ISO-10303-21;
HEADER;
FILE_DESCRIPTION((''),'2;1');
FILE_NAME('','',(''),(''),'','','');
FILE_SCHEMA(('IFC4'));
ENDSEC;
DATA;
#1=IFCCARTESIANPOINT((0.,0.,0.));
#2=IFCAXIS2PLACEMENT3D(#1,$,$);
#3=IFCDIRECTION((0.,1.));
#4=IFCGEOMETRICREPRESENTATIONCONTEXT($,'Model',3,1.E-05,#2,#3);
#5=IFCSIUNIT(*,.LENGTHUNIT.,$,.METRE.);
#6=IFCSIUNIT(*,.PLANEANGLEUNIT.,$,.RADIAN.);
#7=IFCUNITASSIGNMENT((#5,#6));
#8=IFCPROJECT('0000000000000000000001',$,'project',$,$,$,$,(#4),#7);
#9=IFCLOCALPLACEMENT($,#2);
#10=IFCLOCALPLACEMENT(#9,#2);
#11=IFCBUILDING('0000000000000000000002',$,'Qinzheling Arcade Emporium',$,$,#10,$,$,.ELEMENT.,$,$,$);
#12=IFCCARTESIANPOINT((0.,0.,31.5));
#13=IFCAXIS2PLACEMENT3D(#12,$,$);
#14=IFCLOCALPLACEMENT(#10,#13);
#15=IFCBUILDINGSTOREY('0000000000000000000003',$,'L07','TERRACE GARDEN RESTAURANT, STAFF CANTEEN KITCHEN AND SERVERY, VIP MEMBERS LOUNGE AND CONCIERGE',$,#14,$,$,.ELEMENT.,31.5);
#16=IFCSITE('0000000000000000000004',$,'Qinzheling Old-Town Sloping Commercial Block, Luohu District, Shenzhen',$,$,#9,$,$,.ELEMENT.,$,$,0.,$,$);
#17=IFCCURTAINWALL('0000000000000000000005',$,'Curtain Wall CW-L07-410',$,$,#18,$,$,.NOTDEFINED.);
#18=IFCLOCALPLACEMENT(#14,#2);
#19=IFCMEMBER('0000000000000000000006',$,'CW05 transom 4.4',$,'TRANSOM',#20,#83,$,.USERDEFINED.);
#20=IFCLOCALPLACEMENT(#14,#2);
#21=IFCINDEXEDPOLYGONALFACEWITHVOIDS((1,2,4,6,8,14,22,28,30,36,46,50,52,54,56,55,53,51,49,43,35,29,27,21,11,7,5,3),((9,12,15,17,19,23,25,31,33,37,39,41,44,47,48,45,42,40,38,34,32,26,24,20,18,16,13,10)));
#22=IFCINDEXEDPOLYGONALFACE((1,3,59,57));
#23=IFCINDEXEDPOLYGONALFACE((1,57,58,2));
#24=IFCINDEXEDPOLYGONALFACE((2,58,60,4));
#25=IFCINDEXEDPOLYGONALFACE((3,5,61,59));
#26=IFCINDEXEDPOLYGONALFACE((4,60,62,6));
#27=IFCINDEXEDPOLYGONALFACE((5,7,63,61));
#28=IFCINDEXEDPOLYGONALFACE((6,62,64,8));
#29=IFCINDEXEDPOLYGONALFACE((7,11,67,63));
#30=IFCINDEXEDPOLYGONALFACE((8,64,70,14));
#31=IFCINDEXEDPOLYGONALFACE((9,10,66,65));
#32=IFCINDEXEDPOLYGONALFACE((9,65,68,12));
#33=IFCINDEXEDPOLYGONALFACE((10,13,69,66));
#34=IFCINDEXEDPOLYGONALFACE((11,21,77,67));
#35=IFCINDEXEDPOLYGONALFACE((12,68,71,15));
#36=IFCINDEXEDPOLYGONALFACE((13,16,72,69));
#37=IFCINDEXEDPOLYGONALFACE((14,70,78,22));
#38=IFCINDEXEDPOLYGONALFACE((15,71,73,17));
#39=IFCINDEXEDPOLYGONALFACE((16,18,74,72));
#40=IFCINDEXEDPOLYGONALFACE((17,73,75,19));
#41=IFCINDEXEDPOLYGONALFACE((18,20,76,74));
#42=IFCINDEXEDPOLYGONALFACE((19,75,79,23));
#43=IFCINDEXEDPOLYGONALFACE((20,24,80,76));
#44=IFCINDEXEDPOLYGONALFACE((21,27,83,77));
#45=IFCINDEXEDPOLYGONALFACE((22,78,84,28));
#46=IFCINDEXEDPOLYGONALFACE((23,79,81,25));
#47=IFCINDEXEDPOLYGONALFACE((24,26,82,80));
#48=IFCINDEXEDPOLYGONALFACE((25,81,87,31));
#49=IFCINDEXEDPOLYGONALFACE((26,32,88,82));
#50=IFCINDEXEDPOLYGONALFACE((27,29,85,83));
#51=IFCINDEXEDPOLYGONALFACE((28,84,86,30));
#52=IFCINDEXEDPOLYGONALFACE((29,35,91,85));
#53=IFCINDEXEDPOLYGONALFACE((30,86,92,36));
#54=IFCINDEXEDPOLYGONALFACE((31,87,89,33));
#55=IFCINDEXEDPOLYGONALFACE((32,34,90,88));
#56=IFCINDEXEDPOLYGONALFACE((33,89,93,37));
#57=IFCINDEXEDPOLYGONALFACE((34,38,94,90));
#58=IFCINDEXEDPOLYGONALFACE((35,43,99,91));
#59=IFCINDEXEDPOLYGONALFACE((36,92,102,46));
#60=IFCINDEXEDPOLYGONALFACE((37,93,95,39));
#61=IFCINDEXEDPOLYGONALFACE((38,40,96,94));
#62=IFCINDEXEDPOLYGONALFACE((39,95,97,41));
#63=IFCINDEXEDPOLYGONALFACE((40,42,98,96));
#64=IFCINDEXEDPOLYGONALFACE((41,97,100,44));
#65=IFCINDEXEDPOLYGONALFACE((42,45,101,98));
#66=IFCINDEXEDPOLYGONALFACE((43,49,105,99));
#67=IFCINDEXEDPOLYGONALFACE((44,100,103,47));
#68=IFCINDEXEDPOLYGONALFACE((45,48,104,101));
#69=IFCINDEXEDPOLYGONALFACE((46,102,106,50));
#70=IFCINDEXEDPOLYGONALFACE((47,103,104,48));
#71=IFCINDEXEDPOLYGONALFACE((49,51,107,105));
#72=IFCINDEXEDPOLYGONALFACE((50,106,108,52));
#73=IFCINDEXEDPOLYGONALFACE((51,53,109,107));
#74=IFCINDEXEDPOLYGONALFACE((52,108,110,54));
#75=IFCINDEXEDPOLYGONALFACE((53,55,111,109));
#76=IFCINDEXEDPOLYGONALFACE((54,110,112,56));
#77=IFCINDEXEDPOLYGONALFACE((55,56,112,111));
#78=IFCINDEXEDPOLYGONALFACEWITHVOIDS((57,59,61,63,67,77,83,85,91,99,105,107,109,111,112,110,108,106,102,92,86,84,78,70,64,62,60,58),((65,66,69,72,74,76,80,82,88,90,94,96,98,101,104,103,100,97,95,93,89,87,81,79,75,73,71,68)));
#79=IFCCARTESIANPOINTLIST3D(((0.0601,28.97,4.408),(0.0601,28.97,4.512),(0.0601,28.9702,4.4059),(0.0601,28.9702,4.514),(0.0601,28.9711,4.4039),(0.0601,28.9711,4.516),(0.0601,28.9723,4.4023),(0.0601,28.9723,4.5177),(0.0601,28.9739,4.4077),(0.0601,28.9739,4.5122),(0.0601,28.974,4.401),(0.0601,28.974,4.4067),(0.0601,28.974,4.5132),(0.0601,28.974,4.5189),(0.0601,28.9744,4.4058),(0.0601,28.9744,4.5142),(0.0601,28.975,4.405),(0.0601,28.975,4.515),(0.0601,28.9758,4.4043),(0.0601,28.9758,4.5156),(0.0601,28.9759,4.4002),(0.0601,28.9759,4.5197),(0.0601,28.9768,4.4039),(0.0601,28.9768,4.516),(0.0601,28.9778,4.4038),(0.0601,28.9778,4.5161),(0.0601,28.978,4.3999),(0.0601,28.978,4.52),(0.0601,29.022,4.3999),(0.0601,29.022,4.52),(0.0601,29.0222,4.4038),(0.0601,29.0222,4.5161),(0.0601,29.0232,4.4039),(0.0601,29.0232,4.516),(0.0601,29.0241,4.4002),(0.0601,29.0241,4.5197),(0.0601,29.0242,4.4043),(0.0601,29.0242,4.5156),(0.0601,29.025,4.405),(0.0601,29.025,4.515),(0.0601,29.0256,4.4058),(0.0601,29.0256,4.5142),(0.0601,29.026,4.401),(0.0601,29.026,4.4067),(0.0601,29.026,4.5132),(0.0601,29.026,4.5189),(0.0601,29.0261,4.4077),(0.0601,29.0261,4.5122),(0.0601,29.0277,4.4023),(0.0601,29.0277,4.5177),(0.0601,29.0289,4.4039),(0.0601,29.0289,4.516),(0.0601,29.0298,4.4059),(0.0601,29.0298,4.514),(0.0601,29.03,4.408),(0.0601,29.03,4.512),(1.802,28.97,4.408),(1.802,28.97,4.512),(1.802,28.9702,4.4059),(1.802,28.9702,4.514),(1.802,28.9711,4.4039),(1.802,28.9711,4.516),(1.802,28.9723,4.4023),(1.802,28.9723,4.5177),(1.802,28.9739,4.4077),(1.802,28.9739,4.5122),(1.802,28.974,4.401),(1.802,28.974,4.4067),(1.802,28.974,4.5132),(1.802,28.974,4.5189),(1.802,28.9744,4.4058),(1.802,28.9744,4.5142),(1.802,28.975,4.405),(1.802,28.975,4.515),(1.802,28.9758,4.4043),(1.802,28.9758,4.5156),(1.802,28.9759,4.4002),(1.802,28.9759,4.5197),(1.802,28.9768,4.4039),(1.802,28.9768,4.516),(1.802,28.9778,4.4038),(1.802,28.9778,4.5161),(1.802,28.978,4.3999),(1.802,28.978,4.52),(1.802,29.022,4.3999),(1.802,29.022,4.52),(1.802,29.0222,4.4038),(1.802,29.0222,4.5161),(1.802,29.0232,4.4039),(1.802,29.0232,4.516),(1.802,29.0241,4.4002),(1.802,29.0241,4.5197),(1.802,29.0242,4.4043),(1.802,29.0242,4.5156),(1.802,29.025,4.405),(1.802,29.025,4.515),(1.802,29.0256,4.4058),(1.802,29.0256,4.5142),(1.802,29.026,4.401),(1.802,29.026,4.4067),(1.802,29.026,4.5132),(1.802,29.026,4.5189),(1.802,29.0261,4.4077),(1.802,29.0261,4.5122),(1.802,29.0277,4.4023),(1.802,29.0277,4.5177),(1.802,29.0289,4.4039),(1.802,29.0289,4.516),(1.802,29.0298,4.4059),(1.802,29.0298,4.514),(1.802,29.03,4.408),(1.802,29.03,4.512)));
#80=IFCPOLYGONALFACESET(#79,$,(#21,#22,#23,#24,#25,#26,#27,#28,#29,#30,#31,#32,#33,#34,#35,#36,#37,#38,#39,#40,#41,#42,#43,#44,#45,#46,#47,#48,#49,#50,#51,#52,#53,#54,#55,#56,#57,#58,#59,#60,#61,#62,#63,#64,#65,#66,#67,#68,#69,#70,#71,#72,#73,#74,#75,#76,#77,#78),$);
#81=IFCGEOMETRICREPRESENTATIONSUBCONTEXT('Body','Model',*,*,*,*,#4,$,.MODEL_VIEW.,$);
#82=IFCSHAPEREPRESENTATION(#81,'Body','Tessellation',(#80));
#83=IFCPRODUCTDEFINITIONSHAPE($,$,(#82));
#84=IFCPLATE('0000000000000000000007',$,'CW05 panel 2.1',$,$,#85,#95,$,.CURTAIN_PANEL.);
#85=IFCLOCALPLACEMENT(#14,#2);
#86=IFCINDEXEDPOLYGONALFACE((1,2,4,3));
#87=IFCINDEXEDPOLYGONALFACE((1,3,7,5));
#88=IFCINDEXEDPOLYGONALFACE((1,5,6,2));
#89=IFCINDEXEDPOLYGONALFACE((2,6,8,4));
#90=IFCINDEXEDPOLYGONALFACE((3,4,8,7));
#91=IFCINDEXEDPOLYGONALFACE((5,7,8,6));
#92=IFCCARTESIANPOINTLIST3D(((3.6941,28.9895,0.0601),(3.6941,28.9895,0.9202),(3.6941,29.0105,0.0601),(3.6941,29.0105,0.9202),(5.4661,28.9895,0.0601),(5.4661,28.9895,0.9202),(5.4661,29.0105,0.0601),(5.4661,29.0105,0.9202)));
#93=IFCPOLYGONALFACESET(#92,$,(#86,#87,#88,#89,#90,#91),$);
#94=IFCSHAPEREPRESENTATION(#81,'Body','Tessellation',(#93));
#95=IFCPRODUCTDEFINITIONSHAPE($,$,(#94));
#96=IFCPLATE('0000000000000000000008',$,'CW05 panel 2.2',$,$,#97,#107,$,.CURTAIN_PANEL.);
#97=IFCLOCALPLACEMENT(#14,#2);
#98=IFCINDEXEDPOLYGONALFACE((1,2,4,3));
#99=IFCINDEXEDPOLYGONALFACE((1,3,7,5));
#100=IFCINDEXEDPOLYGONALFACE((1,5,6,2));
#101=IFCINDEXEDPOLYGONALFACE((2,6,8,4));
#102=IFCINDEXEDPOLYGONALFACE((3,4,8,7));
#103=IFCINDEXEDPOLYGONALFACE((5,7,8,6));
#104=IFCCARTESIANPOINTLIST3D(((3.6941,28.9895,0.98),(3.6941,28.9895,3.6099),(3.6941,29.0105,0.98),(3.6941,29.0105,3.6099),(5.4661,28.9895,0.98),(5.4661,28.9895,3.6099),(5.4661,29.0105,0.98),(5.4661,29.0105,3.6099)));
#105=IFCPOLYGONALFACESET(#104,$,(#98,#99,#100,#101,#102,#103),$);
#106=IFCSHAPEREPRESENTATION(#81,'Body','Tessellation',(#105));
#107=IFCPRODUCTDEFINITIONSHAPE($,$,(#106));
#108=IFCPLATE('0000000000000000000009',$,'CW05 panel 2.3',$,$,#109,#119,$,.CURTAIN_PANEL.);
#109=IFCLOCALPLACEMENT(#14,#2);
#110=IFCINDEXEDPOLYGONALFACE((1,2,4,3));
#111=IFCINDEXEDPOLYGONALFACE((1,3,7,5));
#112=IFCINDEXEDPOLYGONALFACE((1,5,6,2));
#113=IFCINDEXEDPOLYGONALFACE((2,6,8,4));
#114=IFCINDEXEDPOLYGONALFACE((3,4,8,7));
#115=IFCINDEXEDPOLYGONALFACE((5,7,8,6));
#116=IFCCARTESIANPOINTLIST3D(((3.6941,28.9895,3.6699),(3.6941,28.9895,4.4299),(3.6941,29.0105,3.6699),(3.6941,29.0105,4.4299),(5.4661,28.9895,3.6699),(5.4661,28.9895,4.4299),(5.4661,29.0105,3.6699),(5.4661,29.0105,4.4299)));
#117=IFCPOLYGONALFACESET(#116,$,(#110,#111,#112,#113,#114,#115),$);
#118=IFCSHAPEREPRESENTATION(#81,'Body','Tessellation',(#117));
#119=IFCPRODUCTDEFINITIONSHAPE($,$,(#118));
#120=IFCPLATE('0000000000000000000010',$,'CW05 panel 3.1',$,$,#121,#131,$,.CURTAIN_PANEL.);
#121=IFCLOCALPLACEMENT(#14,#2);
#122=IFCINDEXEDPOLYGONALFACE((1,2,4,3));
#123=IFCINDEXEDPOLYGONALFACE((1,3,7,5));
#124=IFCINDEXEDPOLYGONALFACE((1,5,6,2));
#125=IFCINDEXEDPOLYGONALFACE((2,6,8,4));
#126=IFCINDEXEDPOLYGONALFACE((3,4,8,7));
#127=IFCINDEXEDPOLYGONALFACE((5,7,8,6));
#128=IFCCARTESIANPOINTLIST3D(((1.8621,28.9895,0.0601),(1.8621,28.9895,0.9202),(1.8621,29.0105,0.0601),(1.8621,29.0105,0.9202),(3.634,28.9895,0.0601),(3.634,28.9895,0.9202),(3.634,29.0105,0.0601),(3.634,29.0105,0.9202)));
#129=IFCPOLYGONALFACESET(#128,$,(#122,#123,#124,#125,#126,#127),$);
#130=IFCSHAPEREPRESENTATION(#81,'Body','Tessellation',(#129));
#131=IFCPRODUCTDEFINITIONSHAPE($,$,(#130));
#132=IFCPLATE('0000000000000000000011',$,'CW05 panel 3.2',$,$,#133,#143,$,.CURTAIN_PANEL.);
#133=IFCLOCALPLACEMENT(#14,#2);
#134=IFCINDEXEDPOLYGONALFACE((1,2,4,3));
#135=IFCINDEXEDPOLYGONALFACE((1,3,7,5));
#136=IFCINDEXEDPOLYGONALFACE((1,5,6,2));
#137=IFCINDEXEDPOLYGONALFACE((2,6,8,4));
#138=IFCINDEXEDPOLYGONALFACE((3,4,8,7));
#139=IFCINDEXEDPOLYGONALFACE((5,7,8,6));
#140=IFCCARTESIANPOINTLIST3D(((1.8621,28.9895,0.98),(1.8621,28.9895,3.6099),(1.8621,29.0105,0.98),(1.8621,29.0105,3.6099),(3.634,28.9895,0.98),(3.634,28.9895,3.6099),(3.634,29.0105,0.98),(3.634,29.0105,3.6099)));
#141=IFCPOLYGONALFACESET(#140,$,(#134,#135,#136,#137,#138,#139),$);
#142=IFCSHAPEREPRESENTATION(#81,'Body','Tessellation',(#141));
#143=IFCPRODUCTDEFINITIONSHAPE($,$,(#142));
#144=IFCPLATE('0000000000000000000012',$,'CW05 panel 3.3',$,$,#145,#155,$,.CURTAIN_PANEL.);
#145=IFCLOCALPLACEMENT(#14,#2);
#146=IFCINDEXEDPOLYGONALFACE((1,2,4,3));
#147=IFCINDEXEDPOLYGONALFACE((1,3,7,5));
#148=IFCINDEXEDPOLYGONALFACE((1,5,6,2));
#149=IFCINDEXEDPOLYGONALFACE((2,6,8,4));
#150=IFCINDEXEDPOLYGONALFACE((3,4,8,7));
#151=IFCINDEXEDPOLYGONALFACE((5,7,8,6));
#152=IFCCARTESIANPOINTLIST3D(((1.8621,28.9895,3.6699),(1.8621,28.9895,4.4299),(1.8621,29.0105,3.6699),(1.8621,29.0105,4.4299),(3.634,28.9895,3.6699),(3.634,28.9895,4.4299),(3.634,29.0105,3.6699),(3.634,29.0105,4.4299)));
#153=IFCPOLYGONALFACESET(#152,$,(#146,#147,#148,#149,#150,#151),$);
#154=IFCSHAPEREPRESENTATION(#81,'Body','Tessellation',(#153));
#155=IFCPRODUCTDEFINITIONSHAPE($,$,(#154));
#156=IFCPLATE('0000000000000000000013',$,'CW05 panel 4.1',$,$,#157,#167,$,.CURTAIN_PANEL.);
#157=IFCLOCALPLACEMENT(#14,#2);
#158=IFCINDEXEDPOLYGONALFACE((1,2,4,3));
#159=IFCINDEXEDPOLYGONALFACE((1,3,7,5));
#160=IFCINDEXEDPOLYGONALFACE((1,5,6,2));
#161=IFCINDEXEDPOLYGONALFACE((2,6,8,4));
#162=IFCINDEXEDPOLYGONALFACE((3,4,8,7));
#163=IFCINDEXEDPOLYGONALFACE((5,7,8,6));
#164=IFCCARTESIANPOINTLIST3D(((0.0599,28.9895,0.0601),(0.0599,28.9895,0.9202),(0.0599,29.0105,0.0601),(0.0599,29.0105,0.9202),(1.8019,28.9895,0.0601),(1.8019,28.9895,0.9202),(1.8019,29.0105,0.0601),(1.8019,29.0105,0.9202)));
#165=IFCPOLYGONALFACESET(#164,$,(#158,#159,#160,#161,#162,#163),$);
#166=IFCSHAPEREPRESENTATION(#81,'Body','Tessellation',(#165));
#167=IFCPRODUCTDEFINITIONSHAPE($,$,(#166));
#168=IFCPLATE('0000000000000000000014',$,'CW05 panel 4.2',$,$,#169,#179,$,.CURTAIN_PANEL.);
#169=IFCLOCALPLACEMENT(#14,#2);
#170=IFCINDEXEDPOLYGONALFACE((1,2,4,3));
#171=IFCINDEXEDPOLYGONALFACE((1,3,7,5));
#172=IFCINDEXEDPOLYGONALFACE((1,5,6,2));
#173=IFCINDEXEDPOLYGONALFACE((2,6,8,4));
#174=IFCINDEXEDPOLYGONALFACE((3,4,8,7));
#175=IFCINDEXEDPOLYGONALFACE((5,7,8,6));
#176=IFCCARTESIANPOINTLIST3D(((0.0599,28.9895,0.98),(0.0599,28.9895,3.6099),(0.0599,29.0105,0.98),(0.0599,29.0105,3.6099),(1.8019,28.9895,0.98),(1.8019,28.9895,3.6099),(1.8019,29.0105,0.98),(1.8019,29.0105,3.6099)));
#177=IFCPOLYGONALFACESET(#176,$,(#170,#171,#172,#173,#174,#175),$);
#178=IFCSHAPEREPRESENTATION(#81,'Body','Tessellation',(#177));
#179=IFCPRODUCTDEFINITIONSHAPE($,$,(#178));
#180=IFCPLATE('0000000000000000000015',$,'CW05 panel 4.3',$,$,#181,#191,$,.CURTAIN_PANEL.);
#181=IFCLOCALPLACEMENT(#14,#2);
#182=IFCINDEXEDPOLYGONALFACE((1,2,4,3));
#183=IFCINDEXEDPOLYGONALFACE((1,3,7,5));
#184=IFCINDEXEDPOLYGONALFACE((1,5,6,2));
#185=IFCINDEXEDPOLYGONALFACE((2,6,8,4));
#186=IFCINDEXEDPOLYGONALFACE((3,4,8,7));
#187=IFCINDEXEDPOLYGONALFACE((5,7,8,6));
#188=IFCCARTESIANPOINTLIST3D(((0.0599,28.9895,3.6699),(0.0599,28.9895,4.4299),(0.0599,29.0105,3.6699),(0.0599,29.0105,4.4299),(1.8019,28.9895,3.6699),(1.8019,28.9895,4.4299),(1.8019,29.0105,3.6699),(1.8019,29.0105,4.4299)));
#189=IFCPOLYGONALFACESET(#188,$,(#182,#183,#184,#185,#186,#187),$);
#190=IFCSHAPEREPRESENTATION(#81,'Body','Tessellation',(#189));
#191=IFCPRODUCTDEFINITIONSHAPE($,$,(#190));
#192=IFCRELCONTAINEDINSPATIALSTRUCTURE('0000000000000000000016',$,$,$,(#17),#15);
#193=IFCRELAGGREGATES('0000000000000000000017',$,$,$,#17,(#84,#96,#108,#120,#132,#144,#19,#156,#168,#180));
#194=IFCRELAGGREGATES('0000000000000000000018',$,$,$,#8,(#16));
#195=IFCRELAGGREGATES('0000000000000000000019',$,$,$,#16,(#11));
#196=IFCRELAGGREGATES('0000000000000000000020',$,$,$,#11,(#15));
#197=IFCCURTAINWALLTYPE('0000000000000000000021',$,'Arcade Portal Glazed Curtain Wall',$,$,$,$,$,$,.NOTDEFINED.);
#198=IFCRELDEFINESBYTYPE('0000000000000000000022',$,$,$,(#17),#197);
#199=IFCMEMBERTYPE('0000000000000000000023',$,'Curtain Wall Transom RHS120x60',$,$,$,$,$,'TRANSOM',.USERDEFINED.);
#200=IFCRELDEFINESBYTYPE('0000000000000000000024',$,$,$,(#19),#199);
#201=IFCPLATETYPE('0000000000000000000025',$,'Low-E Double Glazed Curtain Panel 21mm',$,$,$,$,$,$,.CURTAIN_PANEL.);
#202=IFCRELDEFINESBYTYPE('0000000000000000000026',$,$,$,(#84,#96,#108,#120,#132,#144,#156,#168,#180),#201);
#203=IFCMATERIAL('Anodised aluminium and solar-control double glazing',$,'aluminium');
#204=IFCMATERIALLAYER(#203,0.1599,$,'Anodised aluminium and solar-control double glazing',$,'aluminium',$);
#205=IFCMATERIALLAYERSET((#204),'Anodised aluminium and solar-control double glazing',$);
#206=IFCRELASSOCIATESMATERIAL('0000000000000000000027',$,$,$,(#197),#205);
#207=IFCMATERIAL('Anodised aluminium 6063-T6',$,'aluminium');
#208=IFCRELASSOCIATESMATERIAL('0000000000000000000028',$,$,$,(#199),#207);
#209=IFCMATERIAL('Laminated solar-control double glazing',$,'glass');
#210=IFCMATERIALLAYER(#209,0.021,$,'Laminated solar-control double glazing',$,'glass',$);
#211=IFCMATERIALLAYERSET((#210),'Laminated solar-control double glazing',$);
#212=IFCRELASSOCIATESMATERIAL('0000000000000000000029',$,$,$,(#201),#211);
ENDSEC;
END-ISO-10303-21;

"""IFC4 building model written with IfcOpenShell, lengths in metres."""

from ifc_helpers import new_model, si_unit, direction, frame, origin, origin_2d, place, context, subcontext, project, spatial, rectangle, hollow_rectangle, extrude, material, layer, layer_set, material_profile, profile_set, type_object, element, aggregate, save


model = new_model("IFC4")

# Units and contexts
model_context = context("Model", 3, precision=1e-05, world=origin(), true_north=direction((0.0, 1.0)))
body_context = subcontext(model_context, "Body", "Model", "MODEL_VIEW")
ifc_project = project(units=[si_unit("LENGTHUNIT", "METRE"), si_unit("PLANEANGLEUNIT", "RADIAN")], contexts=[model_context])

# Site, building, storey
site_placement = place(None, origin())
site = spatial("IfcSite", under=ifc_project, at=site_placement, Name="Qinzheling Old-Town Sloping Commercial Block, Luohu District, Shenzhen", CompositionType="ELEMENT", RefElevation=0.0)
building_placement = place(site_placement, origin())
building = spatial("IfcBuilding", under=site, at=building_placement, Name="Qinzheling Arcade Emporium", CompositionType="ELEMENT")
storey_placement = place(building_placement, frame((0.0, 0.0, 31.5)))
storey = spatial("IfcBuildingStorey", under=building, at=storey_placement, Name="L07", Description="TERRACE GARDEN RESTAURANT, STAFF CANTEEN KITCHEN AND SERVERY, VIP MEMBERS LOUNGE AND CONCIERGE", CompositionType="ELEMENT", Elevation=31.5)

# Curtain wall, member, plates
ifc_material_1 = material(Name="Anodised aluminium and solar-control double glazing", Category="aluminium")
ifc_layer_1 = layer(ifc_material_1, 0.1599, Name="Anodised aluminium and solar-control double glazing", Category="aluminium")
ifc_layer_set_1 = layer_set([ifc_layer_1], Name="Anodised aluminium and solar-control double glazing")
curtain_wall_type = type_object("IfcCurtainWallType", Name="Arcade Portal Glazed Curtain Wall", PredefinedType="NOTDEFINED", material=ifc_layer_set_1)
curtain_wall_placement = place(storey_placement, origin())
curtain_wall = element("IfcCurtainWall", 1, at=curtain_wall_placement, inside=storey, type_object=curtain_wall_type, Name="Curtain Wall CW-L07-410", PredefinedType="NOTDEFINED")
ifc_material_2 = material(Name="Anodised aluminium 6063-T6", Category="aluminium")
ifc_material_profile_1 = material_profile(ifc_material_2, hollow_rectangle(XDim=0.0601, YDim=0.1201, WallThickness=0.0039, InnerFilletRadius=0.0039, OuterFilletRadius=0.0081, at=origin_2d()), Name="RHS 120x60x4", Category="aluminium")
ifc_profile_set_1 = profile_set([ifc_material_profile_1], Name="Anodised aluminium 6063-T6")
member_type_1 = type_object("IfcMemberType", Name="Curtain Wall Transom RHS120x60", ElementType="TRANSOM", PredefinedType="USERDEFINED", material=ifc_profile_set_1)
member_1_placement = place(storey_placement, frame((1.802, 29.0, 4.46), z_axis=(-1.0, 0.0, 0.0), x_axis=(0.0, -1.0, 0.0)))
member_1 = element("IfcMember", 2, at=member_1_placement, type_object=member_type_1, Name="CW05 transom 4.4", ObjectType="TRANSOM", PredefinedType="USERDEFINED", context=body_context, shape_type="SweptSolid", body=[
    extrude(hollow_rectangle(XDim=0.0601, YDim=0.1201, WallThickness=0.0039, InnerFilletRadius=0.0039, OuterFilletRadius=0.0081, at=origin_2d()), origin(), (0.0, 0.0, 1.0), 1.7419),
])
ifc_material_3 = material(Name="Laminated solar-control double glazing", Category="glass")
ifc_layer_2 = layer(ifc_material_3, 0.021, Name="Laminated solar-control double glazing", Category="glass")
ifc_layer_set_2 = layer_set([ifc_layer_2], Name="Laminated solar-control double glazing")
plate_type = type_object("IfcPlateType", Name="Low-E Double Glazed Curtain Panel 21mm", PredefinedType="CURTAIN_PANEL", material=ifc_layer_set_2)
plate_1_placement = place(storey_placement, frame((4.5801, 29.0, 0.0601), z_axis=(0.0, 0.0, 1.0), x_axis=(-1.0, 0.0, 0.0)))
plate_1 = element("IfcPlate", 3, at=plate_1_placement, type_object=plate_type, Name="CW05 panel 2.1", PredefinedType="CURTAIN_PANEL", context=body_context, shape_type="SweptSolid", body=[
    extrude(rectangle(XDim=1.772, YDim=0.021, at=origin_2d()), origin(), (0.0, 0.0, 1.0), 0.8601),
])
plate_2_placement = place(storey_placement, frame((4.5801, 29.0, 0.98), z_axis=(0.0, 0.0, 1.0), x_axis=(-1.0, 0.0, 0.0)))
plate_2 = element("IfcPlate", 4, at=plate_2_placement, type_object=plate_type, Name="CW05 panel 2.2", PredefinedType="CURTAIN_PANEL", context=body_context, shape_type="SweptSolid", body=[
    extrude(rectangle(XDim=1.772, YDim=0.021, at=origin_2d()), origin(), (0.0, 0.0, 1.0), 2.6299),
])
plate_3_placement = place(storey_placement, frame((4.5801, 29.0, 3.6699), z_axis=(0.0, 0.0, 1.0), x_axis=(-1.0, 0.0, 0.0)))
plate_3 = element("IfcPlate", 5, at=plate_3_placement, type_object=plate_type, Name="CW05 panel 2.3", PredefinedType="CURTAIN_PANEL", context=body_context, shape_type="SweptSolid", body=[
    extrude(rectangle(XDim=1.772, YDim=0.021, at=origin_2d()), origin(), (0.0, 0.0, 1.0), 0.76),
])
plate_4_placement = place(storey_placement, frame((2.748, 29.0, 0.0601), z_axis=(0.0, 0.0, 1.0), x_axis=(-1.0, 0.0, 0.0)))
plate_4 = element("IfcPlate", 6, at=plate_4_placement, type_object=plate_type, Name="CW05 panel 3.1", PredefinedType="CURTAIN_PANEL", context=body_context, shape_type="SweptSolid", body=[
    extrude(rectangle(XDim=1.772, YDim=0.021, at=origin_2d()), origin(), (0.0, 0.0, 1.0), 0.8601),
])
plate_5_placement = place(storey_placement, frame((2.748, 29.0, 0.98), z_axis=(0.0, 0.0, 1.0), x_axis=(-1.0, 0.0, 0.0)))
plate_5 = element("IfcPlate", 7, at=plate_5_placement, type_object=plate_type, Name="CW05 panel 3.2", PredefinedType="CURTAIN_PANEL", context=body_context, shape_type="SweptSolid", body=[
    extrude(rectangle(XDim=1.772, YDim=0.021, at=origin_2d()), origin(), (0.0, 0.0, 1.0), 2.6299),
])
plate_6_placement = place(storey_placement, frame((2.748, 29.0, 3.6699), z_axis=(0.0, 0.0, 1.0), x_axis=(-1.0, 0.0, 0.0)))
plate_6 = element("IfcPlate", 8, at=plate_6_placement, type_object=plate_type, Name="CW05 panel 3.3", PredefinedType="CURTAIN_PANEL", context=body_context, shape_type="SweptSolid", body=[
    extrude(rectangle(XDim=1.772, YDim=0.021, at=origin_2d()), origin(), (0.0, 0.0, 1.0), 0.76),
])
plate_7_placement = place(storey_placement, frame((0.9309, 29.0, 0.0601), z_axis=(0.0, 0.0, 1.0), x_axis=(-1.0, 0.0, 0.0)))
plate_7 = element("IfcPlate", 9, at=plate_7_placement, type_object=plate_type, Name="CW05 panel 4.1", PredefinedType="CURTAIN_PANEL", context=body_context, shape_type="SweptSolid", body=[
    extrude(rectangle(XDim=1.7419, YDim=0.021, at=origin_2d()), origin(), (0.0, 0.0, 1.0), 0.8601),
])
plate_8_placement = place(storey_placement, frame((0.9309, 29.0, 0.98), z_axis=(0.0, 0.0, 1.0), x_axis=(-1.0, 0.0, 0.0)))
plate_8 = element("IfcPlate", 10, at=plate_8_placement, type_object=plate_type, Name="CW05 panel 4.2", PredefinedType="CURTAIN_PANEL", context=body_context, shape_type="SweptSolid", body=[
    extrude(rectangle(XDim=1.7419, YDim=0.021, at=origin_2d()), origin(), (0.0, 0.0, 1.0), 2.6299),
])
plate_9_placement = place(storey_placement, frame((0.9309, 29.0, 3.6699), z_axis=(0.0, 0.0, 1.0), x_axis=(-1.0, 0.0, 0.0)))
plate_9 = element("IfcPlate", 11, at=plate_9_placement, type_object=plate_type, Name="CW05 panel 4.3", PredefinedType="CURTAIN_PANEL", context=body_context, shape_type="SweptSolid", body=[
    extrude(rectangle(XDim=1.7419, YDim=0.021, at=origin_2d()), origin(), (0.0, 0.0, 1.0), 0.76),
])
aggregate(curtain_wall, [plate_1, plate_2, plate_3, plate_4, plate_5, plate_6, member_1, plate_7, plate_8, plate_9])

save(model, "model.ifc")
